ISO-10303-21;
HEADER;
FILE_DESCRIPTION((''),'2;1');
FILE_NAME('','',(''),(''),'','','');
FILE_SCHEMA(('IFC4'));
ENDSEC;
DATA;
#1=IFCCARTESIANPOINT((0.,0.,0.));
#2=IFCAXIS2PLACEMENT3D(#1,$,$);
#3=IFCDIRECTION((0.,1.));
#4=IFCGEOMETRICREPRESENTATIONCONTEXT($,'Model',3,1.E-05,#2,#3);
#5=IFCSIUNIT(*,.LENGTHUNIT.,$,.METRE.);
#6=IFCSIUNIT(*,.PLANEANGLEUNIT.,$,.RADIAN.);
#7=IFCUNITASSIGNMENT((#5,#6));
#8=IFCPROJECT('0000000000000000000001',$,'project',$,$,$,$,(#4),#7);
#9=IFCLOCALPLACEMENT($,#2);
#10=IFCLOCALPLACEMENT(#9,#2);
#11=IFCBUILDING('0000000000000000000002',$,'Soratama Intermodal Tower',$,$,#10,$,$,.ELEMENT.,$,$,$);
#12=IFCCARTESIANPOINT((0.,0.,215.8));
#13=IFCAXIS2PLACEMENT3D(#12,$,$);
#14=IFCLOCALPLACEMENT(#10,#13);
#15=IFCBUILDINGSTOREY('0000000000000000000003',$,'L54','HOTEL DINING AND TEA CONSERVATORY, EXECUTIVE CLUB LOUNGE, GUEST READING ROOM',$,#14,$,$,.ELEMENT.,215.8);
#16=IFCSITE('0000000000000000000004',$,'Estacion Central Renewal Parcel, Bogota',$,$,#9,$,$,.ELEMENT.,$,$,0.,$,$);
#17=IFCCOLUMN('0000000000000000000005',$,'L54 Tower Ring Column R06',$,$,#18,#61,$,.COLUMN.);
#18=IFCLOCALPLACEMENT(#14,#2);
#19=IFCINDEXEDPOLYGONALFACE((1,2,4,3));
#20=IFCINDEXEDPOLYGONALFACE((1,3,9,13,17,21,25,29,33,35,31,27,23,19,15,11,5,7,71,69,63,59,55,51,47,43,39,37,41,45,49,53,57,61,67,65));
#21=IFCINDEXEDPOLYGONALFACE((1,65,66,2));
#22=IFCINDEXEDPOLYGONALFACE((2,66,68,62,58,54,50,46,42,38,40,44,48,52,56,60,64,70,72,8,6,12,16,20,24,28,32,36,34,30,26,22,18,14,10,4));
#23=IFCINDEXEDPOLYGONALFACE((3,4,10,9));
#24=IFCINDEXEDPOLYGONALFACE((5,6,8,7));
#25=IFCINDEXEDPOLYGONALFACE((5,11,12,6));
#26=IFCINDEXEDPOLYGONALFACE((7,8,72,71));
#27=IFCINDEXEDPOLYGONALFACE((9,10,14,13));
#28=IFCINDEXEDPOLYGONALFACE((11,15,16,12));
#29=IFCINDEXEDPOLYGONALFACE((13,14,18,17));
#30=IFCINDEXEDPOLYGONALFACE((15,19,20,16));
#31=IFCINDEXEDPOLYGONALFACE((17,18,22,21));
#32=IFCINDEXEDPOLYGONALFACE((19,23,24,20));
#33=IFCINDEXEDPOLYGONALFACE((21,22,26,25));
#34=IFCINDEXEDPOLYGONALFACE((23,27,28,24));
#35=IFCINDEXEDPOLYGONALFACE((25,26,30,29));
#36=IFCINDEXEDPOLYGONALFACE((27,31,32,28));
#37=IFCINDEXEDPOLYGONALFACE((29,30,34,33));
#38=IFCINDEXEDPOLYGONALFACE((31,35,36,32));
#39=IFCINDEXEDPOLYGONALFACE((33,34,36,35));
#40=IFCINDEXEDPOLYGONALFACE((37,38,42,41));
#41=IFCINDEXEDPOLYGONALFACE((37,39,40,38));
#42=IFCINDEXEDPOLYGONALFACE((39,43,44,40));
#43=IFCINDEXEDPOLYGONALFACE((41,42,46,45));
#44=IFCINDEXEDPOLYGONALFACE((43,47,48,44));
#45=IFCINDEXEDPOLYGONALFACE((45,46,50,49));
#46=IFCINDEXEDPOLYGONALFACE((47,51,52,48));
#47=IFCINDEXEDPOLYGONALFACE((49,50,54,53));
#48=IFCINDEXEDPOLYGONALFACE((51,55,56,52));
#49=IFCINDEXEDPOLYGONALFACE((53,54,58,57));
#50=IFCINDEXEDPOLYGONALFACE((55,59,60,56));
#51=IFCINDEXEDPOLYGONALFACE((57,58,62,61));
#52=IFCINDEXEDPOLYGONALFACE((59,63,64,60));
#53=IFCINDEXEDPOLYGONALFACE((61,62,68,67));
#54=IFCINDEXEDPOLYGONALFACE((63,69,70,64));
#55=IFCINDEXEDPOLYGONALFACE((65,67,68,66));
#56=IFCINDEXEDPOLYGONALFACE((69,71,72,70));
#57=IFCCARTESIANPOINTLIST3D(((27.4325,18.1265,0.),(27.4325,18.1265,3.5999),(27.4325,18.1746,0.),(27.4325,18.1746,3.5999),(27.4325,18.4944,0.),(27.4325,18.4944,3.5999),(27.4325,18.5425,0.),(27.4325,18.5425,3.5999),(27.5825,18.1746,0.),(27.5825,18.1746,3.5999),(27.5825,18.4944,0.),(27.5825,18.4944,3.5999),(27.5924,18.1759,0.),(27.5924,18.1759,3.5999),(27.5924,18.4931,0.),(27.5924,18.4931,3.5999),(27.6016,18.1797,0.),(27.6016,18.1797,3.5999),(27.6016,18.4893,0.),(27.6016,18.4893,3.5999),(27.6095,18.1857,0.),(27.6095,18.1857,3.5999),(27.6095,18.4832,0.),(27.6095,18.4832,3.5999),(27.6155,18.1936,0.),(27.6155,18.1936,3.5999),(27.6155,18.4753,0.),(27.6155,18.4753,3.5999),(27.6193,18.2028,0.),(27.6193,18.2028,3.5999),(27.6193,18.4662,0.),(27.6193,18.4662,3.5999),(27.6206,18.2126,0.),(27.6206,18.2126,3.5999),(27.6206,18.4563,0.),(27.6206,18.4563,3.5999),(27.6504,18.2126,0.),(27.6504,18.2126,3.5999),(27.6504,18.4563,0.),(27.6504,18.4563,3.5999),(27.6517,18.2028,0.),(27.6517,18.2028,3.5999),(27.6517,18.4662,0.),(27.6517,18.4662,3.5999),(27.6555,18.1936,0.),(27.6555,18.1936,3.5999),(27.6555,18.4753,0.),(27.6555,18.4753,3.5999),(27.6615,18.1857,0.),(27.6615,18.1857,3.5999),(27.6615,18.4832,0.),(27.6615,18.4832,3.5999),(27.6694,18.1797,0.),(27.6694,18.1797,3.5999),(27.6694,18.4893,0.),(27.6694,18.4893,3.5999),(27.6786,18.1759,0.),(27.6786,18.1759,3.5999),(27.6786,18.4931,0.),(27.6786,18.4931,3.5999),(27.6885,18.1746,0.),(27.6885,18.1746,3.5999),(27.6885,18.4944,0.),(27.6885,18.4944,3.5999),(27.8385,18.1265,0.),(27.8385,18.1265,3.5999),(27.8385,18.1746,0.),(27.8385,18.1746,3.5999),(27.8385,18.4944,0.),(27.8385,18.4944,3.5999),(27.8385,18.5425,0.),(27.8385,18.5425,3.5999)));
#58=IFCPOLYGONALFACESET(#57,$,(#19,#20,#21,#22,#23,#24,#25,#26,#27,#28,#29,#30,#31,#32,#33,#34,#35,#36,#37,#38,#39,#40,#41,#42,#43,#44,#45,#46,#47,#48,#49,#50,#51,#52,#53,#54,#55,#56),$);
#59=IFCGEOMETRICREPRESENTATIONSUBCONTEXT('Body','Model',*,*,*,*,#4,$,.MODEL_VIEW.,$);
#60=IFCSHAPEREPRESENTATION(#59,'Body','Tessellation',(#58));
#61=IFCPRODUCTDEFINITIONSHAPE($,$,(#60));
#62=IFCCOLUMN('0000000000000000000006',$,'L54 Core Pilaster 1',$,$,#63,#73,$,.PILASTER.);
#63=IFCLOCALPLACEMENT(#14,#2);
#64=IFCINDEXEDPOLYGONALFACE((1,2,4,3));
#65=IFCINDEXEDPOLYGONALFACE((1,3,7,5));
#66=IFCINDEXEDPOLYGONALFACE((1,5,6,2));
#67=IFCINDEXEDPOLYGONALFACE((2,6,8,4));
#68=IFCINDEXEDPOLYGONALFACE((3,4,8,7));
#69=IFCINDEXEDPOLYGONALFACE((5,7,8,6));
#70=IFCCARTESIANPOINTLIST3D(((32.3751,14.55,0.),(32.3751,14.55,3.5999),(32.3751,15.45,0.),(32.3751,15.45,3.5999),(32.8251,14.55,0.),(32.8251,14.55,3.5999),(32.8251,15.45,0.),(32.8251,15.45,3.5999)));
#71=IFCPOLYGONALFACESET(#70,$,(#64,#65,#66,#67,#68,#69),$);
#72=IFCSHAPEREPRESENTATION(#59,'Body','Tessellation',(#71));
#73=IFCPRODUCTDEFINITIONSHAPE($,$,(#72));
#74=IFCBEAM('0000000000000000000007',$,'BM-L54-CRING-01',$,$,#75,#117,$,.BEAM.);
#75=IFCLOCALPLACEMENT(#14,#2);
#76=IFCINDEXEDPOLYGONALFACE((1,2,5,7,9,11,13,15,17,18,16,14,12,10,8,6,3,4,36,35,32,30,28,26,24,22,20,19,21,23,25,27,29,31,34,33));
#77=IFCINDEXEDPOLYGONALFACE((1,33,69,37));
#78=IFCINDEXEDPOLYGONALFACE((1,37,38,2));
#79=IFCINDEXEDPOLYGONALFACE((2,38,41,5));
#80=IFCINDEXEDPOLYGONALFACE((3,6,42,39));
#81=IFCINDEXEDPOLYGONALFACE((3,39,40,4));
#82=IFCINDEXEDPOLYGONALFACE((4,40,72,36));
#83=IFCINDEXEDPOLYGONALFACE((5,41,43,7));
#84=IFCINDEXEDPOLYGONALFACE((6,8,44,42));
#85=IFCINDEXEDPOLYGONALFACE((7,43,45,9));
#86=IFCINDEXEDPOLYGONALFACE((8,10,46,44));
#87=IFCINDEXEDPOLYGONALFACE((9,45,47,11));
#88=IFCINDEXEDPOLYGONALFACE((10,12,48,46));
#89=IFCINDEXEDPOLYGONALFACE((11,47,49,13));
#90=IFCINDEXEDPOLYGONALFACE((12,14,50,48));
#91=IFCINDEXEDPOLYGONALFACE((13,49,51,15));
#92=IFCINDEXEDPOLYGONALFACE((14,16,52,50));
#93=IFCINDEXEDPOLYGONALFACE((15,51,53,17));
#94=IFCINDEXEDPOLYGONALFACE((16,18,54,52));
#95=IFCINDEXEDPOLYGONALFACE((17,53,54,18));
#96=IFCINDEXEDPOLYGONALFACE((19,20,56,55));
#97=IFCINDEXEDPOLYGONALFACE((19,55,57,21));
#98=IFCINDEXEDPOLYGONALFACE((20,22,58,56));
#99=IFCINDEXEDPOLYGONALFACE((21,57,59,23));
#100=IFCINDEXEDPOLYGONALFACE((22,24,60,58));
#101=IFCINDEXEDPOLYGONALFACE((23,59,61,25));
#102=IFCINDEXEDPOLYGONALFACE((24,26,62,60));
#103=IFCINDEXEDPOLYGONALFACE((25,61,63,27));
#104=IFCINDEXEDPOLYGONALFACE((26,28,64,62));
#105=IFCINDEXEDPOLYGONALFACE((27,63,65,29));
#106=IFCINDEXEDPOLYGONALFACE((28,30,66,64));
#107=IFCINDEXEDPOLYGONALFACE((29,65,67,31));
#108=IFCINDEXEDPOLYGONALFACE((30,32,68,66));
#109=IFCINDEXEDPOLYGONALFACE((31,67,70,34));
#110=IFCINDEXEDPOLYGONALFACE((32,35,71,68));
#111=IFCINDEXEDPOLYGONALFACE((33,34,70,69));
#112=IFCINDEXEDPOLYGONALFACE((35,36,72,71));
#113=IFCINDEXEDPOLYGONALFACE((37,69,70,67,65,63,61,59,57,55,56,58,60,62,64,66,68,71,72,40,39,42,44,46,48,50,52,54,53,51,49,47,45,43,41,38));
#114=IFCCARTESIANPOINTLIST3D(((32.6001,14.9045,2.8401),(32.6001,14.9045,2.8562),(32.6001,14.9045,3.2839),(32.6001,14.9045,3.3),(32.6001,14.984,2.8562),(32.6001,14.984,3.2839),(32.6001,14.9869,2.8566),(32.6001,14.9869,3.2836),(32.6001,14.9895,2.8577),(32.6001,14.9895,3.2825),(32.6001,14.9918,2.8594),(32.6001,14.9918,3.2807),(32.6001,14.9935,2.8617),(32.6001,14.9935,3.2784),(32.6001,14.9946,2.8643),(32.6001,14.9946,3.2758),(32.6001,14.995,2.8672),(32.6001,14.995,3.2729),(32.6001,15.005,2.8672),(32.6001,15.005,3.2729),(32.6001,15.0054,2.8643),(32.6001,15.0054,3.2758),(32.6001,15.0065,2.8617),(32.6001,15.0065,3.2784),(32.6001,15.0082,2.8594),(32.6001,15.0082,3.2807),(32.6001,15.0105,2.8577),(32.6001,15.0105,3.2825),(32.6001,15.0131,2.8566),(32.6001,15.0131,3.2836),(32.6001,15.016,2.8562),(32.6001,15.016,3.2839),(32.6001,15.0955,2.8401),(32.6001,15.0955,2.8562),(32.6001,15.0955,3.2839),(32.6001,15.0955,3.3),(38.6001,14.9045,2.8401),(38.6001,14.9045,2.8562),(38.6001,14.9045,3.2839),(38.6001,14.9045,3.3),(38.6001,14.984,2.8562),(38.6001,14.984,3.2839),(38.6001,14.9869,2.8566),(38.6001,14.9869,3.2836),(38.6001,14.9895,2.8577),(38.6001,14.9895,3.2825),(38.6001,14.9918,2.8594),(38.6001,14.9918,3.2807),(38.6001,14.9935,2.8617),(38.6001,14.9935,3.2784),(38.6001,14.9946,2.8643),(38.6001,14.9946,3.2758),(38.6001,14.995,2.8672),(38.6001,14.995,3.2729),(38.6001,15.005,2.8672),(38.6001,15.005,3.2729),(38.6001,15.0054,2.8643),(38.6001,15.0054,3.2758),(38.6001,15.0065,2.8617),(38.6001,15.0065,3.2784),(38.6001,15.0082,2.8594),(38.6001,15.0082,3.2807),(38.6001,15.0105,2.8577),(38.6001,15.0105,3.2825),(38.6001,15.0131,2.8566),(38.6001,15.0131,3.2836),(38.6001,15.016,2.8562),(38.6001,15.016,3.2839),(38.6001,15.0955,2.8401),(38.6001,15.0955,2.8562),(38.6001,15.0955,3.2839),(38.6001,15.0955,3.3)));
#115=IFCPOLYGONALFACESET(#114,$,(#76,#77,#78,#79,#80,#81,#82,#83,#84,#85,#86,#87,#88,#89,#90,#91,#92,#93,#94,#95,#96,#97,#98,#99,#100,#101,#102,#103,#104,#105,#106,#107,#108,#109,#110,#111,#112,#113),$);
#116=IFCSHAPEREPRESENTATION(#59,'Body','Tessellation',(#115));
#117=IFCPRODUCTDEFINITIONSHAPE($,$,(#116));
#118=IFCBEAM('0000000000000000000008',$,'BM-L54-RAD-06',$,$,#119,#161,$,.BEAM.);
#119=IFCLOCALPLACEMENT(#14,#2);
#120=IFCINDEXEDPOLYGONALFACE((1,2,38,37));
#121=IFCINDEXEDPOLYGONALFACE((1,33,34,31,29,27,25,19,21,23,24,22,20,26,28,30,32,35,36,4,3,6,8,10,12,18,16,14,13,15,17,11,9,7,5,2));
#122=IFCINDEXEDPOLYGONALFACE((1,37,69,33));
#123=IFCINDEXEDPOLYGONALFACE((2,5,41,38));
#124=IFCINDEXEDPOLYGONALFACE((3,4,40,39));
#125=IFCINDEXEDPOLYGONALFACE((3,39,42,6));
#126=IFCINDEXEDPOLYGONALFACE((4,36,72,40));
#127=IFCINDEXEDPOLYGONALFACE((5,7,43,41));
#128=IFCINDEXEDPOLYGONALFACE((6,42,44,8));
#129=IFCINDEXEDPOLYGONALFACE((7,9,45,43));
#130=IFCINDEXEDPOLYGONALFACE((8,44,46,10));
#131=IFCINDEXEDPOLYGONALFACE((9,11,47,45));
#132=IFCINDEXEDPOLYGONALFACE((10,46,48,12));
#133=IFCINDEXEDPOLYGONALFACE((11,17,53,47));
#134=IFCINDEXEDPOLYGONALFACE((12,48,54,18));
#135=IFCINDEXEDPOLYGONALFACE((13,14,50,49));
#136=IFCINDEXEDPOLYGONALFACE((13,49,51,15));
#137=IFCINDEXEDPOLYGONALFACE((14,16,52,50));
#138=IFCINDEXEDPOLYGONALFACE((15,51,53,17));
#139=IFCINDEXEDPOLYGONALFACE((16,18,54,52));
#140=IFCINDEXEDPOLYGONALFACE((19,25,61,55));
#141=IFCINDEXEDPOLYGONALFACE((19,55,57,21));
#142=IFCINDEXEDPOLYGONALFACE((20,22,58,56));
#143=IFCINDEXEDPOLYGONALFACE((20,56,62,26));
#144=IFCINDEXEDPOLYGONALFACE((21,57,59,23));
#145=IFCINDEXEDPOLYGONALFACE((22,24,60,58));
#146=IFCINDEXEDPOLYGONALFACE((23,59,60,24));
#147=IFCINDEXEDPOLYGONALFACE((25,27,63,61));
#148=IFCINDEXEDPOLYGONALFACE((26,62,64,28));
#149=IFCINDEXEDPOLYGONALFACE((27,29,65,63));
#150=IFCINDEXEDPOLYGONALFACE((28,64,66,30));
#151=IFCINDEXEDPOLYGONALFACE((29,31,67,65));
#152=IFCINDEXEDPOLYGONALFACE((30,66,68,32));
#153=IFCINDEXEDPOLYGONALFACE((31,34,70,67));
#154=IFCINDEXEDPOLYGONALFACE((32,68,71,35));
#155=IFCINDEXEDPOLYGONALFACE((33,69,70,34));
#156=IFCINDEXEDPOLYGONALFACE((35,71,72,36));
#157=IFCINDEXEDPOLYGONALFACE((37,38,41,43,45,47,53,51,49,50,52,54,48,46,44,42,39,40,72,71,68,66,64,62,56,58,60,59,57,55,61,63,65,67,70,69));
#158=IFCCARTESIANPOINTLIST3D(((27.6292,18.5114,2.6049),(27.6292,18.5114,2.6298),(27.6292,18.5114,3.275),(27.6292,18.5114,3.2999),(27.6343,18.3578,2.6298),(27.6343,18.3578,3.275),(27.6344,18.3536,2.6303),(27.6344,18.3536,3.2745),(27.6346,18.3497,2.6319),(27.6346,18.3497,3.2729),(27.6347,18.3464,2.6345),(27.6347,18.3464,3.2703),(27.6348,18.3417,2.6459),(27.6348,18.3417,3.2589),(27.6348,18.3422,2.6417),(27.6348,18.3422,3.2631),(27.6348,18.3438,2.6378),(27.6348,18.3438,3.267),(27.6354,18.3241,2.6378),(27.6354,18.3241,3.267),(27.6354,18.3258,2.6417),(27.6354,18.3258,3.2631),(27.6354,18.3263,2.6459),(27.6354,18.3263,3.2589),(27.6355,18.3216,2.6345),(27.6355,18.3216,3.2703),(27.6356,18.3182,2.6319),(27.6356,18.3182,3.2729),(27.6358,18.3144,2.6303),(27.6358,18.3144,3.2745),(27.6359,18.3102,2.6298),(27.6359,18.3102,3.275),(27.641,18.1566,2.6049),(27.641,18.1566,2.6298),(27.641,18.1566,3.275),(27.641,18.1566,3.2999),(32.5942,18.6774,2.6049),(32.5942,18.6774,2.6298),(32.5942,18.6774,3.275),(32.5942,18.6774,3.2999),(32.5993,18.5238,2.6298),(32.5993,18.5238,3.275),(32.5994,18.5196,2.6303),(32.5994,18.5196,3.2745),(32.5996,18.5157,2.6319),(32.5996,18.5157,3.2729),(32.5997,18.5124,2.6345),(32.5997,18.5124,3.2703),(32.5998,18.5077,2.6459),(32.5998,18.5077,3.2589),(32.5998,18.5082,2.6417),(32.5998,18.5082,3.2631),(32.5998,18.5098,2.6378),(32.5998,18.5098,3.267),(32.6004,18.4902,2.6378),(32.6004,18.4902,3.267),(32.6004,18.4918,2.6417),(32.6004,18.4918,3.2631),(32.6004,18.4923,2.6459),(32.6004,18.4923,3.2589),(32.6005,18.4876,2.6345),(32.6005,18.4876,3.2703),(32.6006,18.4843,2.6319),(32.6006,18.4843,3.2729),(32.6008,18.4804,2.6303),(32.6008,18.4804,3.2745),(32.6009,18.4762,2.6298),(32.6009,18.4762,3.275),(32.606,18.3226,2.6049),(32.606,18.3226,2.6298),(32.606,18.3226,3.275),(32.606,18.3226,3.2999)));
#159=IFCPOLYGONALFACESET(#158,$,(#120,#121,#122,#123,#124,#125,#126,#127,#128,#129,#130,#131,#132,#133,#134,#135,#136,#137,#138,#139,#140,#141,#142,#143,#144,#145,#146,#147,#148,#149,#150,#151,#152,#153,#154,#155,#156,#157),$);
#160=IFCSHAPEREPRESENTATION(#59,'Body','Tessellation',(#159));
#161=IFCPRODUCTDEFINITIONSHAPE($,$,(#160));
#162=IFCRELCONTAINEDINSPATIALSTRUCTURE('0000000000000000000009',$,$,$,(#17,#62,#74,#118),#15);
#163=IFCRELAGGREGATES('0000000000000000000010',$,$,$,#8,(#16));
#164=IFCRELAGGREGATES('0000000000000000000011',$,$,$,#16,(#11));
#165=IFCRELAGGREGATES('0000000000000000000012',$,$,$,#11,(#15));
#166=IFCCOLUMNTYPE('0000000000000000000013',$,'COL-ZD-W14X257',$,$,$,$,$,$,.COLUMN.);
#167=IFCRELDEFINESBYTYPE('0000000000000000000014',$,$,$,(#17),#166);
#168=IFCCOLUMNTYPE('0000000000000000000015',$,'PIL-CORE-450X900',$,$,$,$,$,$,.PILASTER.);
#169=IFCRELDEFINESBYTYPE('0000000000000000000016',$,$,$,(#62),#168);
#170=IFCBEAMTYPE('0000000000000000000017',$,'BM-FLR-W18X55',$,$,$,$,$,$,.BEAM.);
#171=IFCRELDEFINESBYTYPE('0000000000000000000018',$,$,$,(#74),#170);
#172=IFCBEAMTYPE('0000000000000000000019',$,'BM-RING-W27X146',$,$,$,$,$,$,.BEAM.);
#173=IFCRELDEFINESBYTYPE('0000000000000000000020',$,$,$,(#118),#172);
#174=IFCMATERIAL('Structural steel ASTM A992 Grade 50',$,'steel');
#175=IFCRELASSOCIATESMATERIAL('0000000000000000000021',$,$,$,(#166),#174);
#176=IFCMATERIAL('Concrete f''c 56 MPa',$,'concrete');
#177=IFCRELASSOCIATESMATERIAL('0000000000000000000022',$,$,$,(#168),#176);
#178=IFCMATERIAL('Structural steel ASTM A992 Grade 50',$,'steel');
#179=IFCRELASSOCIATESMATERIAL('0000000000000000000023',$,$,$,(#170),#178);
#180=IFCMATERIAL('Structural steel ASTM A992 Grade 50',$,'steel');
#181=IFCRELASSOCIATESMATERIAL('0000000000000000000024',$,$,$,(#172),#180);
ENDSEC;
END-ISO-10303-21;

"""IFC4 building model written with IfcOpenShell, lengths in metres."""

from ifc_helpers import new_model, si_unit, direction, frame, origin, origin_2d, place, context, subcontext, project, spatial, rectangle, i_section, extrude, material, material_profile, profile_set, type_object, element, save


model = new_model("IFC4")

# Units and contexts
model_context = context("Model", 3, precision=1e-05, world=origin(), true_north=direction((0.0, 1.0)))
body_context = subcontext(model_context, "Body", "Model", "MODEL_VIEW")
ifc_project = project(units=[si_unit("LENGTHUNIT", "METRE"), si_unit("PLANEANGLEUNIT", "RADIAN")], contexts=[model_context])

# Site, building, storey
site_placement = place(None, origin())
site = spatial("IfcSite", under=ifc_project, at=site_placement, Name="Estacion Central Renewal Parcel, Bogota", CompositionType="ELEMENT", RefElevation=0.0)
building_placement = place(site_placement, origin())
building = spatial("IfcBuilding", under=site, at=building_placement, Name="Soratama Intermodal Tower", CompositionType="ELEMENT")
storey_placement = place(building_placement, frame((0.0, 0.0, 215.8)))
storey = spatial("IfcBuildingStorey", under=building, at=storey_placement, Name="L54", Description="HOTEL DINING AND TEA CONSERVATORY, EXECUTIVE CLUB LOUNGE, GUEST READING ROOM", CompositionType="ELEMENT", Elevation=215.8)

# Columns
ifc_material_1 = material(Name="Structural steel ASTM A992 Grade 50", Category="steel")
ifc_material_profile_1 = material_profile(ifc_material_1, i_section(OverallWidth=0.406, OverallDepth=0.416, WebThickness=0.0298, FlangeThickness=0.0481, FilletRadius=0.0381, at=origin_2d()), Name="W14X257")
ifc_profile_set_1 = profile_set([ifc_material_profile_1], Name="Structural steel ASTM A992 Grade 50")
column_type_1 = type_object("IfcColumnType", Name="COL-ZD-W14X257", PredefinedType="COLUMN", material=ifc_profile_set_1)
column_1_placement = place(storey_placement, frame((27.6355, 18.3345, 0.0), z_axis=(0.0, 0.0, 1.0), x_axis=(1.0, 0.0, 0.0)))
element("IfcColumn", 1, at=column_1_placement, inside=storey, type_object=column_type_1, Name="L54 Tower Ring Column R06", PredefinedType="COLUMN", context=body_context, shape_type="SweptSolid", body=[
    extrude(i_section(OverallWidth=0.406, OverallDepth=0.416, WebThickness=0.0298, FlangeThickness=0.0481, FilletRadius=0.0381, at=origin_2d()), origin(), (0.0, 0.0, 1.0), 3.5999),
])
ifc_material_2 = material(Name="Concrete f'c 56 MPa", Category="concrete")
ifc_material_profile_2 = material_profile(ifc_material_2, rectangle(XDim=0.45, YDim=0.8999, at=origin_2d()), Name="RC450X900")
ifc_profile_set_2 = profile_set([ifc_material_profile_2], Name="Concrete f'c 56 MPa")
column_type_2 = type_object("IfcColumnType", Name="PIL-CORE-450X900", PredefinedType="PILASTER", material=ifc_profile_set_2)
column_2_placement = place(storey_placement, frame((32.6001, 15.0, 0.0), z_axis=(0.0, 0.0, 1.0), x_axis=(1.0, 0.0, 0.0)))
element("IfcColumn", 2, at=column_2_placement, inside=storey, type_object=column_type_2, Name="L54 Core Pilaster 1", PredefinedType="PILASTER", context=body_context, shape_type="SweptSolid", body=[
    extrude(rectangle(XDim=0.45, YDim=0.8999, at=origin_2d()), origin(), (0.0, 0.0, 1.0), 3.5999),
])

# Beams
ifc_material_3 = material(Name="Structural steel ASTM A992 Grade 50", Category="steel")
ifc_material_profile_3 = material_profile(ifc_material_3, i_section(OverallWidth=0.1909, OverallDepth=0.46, WebThickness=0.01, FlangeThickness=0.0161, FilletRadius=0.011, at=origin_2d()), Name="W18X55")
ifc_profile_set_3 = profile_set([ifc_material_profile_3], Name="Structural steel ASTM A992 Grade 50")
beam_type_1 = type_object("IfcBeamType", Name="BM-FLR-W18X55", PredefinedType="BEAM", material=ifc_profile_set_3)
beam_1_placement = place(storey_placement, frame((32.6001, 15.0, 3.0701), z_axis=(1.0, 0.0, 0.0), x_axis=(0.0, 1.0, 0.0)))
element("IfcBeam", 3, at=beam_1_placement, inside=storey, type_object=beam_type_1, Name="BM-L54-CRING-01", PredefinedType="BEAM", context=body_context, shape_type="SweptSolid", body=[
    extrude(i_section(OverallWidth=0.1909, OverallDepth=0.46, WebThickness=0.01, FlangeThickness=0.0161, FilletRadius=0.011, at=origin_2d()), origin(), (0.0, 0.0, 1.0), 6.0),
])
ifc_material_4 = material(Name="Structural steel ASTM A992 Grade 50", Category="steel")
ifc_material_profile_4 = material_profile(ifc_material_4, i_section(OverallWidth=0.355, OverallDepth=0.6951, WebThickness=0.0154, FlangeThickness=0.0249, FilletRadius=0.0161, at=origin_2d()), Name="W27X146")
ifc_profile_set_4 = profile_set([ifc_material_profile_4], Name="Structural steel ASTM A992 Grade 50")
beam_type_2 = type_object("IfcBeamType", Name="BM-RING-W27X146", PredefinedType="BEAM", material=ifc_profile_set_4)
beam_2_placement = place(storey_placement, frame((32.6001, 18.5, 2.9524), z_axis=(-0.999441, -0.033418, 0.0), x_axis=(0.033418, -0.999441, 0.0)))
element("IfcBeam", 4, at=beam_2_placement, inside=storey, type_object=beam_type_2, Name="BM-L54-RAD-06", PredefinedType="BEAM", context=body_context, shape_type="SweptSolid", body=[
    extrude(i_section(OverallWidth=0.355, OverallDepth=0.6951, WebThickness=0.0154, FlangeThickness=0.0249, FilletRadius=0.0161, at=origin_2d()), origin(), (0.0, 0.0, 1.0), 4.9678),
])

save(model, "model.ifc")
